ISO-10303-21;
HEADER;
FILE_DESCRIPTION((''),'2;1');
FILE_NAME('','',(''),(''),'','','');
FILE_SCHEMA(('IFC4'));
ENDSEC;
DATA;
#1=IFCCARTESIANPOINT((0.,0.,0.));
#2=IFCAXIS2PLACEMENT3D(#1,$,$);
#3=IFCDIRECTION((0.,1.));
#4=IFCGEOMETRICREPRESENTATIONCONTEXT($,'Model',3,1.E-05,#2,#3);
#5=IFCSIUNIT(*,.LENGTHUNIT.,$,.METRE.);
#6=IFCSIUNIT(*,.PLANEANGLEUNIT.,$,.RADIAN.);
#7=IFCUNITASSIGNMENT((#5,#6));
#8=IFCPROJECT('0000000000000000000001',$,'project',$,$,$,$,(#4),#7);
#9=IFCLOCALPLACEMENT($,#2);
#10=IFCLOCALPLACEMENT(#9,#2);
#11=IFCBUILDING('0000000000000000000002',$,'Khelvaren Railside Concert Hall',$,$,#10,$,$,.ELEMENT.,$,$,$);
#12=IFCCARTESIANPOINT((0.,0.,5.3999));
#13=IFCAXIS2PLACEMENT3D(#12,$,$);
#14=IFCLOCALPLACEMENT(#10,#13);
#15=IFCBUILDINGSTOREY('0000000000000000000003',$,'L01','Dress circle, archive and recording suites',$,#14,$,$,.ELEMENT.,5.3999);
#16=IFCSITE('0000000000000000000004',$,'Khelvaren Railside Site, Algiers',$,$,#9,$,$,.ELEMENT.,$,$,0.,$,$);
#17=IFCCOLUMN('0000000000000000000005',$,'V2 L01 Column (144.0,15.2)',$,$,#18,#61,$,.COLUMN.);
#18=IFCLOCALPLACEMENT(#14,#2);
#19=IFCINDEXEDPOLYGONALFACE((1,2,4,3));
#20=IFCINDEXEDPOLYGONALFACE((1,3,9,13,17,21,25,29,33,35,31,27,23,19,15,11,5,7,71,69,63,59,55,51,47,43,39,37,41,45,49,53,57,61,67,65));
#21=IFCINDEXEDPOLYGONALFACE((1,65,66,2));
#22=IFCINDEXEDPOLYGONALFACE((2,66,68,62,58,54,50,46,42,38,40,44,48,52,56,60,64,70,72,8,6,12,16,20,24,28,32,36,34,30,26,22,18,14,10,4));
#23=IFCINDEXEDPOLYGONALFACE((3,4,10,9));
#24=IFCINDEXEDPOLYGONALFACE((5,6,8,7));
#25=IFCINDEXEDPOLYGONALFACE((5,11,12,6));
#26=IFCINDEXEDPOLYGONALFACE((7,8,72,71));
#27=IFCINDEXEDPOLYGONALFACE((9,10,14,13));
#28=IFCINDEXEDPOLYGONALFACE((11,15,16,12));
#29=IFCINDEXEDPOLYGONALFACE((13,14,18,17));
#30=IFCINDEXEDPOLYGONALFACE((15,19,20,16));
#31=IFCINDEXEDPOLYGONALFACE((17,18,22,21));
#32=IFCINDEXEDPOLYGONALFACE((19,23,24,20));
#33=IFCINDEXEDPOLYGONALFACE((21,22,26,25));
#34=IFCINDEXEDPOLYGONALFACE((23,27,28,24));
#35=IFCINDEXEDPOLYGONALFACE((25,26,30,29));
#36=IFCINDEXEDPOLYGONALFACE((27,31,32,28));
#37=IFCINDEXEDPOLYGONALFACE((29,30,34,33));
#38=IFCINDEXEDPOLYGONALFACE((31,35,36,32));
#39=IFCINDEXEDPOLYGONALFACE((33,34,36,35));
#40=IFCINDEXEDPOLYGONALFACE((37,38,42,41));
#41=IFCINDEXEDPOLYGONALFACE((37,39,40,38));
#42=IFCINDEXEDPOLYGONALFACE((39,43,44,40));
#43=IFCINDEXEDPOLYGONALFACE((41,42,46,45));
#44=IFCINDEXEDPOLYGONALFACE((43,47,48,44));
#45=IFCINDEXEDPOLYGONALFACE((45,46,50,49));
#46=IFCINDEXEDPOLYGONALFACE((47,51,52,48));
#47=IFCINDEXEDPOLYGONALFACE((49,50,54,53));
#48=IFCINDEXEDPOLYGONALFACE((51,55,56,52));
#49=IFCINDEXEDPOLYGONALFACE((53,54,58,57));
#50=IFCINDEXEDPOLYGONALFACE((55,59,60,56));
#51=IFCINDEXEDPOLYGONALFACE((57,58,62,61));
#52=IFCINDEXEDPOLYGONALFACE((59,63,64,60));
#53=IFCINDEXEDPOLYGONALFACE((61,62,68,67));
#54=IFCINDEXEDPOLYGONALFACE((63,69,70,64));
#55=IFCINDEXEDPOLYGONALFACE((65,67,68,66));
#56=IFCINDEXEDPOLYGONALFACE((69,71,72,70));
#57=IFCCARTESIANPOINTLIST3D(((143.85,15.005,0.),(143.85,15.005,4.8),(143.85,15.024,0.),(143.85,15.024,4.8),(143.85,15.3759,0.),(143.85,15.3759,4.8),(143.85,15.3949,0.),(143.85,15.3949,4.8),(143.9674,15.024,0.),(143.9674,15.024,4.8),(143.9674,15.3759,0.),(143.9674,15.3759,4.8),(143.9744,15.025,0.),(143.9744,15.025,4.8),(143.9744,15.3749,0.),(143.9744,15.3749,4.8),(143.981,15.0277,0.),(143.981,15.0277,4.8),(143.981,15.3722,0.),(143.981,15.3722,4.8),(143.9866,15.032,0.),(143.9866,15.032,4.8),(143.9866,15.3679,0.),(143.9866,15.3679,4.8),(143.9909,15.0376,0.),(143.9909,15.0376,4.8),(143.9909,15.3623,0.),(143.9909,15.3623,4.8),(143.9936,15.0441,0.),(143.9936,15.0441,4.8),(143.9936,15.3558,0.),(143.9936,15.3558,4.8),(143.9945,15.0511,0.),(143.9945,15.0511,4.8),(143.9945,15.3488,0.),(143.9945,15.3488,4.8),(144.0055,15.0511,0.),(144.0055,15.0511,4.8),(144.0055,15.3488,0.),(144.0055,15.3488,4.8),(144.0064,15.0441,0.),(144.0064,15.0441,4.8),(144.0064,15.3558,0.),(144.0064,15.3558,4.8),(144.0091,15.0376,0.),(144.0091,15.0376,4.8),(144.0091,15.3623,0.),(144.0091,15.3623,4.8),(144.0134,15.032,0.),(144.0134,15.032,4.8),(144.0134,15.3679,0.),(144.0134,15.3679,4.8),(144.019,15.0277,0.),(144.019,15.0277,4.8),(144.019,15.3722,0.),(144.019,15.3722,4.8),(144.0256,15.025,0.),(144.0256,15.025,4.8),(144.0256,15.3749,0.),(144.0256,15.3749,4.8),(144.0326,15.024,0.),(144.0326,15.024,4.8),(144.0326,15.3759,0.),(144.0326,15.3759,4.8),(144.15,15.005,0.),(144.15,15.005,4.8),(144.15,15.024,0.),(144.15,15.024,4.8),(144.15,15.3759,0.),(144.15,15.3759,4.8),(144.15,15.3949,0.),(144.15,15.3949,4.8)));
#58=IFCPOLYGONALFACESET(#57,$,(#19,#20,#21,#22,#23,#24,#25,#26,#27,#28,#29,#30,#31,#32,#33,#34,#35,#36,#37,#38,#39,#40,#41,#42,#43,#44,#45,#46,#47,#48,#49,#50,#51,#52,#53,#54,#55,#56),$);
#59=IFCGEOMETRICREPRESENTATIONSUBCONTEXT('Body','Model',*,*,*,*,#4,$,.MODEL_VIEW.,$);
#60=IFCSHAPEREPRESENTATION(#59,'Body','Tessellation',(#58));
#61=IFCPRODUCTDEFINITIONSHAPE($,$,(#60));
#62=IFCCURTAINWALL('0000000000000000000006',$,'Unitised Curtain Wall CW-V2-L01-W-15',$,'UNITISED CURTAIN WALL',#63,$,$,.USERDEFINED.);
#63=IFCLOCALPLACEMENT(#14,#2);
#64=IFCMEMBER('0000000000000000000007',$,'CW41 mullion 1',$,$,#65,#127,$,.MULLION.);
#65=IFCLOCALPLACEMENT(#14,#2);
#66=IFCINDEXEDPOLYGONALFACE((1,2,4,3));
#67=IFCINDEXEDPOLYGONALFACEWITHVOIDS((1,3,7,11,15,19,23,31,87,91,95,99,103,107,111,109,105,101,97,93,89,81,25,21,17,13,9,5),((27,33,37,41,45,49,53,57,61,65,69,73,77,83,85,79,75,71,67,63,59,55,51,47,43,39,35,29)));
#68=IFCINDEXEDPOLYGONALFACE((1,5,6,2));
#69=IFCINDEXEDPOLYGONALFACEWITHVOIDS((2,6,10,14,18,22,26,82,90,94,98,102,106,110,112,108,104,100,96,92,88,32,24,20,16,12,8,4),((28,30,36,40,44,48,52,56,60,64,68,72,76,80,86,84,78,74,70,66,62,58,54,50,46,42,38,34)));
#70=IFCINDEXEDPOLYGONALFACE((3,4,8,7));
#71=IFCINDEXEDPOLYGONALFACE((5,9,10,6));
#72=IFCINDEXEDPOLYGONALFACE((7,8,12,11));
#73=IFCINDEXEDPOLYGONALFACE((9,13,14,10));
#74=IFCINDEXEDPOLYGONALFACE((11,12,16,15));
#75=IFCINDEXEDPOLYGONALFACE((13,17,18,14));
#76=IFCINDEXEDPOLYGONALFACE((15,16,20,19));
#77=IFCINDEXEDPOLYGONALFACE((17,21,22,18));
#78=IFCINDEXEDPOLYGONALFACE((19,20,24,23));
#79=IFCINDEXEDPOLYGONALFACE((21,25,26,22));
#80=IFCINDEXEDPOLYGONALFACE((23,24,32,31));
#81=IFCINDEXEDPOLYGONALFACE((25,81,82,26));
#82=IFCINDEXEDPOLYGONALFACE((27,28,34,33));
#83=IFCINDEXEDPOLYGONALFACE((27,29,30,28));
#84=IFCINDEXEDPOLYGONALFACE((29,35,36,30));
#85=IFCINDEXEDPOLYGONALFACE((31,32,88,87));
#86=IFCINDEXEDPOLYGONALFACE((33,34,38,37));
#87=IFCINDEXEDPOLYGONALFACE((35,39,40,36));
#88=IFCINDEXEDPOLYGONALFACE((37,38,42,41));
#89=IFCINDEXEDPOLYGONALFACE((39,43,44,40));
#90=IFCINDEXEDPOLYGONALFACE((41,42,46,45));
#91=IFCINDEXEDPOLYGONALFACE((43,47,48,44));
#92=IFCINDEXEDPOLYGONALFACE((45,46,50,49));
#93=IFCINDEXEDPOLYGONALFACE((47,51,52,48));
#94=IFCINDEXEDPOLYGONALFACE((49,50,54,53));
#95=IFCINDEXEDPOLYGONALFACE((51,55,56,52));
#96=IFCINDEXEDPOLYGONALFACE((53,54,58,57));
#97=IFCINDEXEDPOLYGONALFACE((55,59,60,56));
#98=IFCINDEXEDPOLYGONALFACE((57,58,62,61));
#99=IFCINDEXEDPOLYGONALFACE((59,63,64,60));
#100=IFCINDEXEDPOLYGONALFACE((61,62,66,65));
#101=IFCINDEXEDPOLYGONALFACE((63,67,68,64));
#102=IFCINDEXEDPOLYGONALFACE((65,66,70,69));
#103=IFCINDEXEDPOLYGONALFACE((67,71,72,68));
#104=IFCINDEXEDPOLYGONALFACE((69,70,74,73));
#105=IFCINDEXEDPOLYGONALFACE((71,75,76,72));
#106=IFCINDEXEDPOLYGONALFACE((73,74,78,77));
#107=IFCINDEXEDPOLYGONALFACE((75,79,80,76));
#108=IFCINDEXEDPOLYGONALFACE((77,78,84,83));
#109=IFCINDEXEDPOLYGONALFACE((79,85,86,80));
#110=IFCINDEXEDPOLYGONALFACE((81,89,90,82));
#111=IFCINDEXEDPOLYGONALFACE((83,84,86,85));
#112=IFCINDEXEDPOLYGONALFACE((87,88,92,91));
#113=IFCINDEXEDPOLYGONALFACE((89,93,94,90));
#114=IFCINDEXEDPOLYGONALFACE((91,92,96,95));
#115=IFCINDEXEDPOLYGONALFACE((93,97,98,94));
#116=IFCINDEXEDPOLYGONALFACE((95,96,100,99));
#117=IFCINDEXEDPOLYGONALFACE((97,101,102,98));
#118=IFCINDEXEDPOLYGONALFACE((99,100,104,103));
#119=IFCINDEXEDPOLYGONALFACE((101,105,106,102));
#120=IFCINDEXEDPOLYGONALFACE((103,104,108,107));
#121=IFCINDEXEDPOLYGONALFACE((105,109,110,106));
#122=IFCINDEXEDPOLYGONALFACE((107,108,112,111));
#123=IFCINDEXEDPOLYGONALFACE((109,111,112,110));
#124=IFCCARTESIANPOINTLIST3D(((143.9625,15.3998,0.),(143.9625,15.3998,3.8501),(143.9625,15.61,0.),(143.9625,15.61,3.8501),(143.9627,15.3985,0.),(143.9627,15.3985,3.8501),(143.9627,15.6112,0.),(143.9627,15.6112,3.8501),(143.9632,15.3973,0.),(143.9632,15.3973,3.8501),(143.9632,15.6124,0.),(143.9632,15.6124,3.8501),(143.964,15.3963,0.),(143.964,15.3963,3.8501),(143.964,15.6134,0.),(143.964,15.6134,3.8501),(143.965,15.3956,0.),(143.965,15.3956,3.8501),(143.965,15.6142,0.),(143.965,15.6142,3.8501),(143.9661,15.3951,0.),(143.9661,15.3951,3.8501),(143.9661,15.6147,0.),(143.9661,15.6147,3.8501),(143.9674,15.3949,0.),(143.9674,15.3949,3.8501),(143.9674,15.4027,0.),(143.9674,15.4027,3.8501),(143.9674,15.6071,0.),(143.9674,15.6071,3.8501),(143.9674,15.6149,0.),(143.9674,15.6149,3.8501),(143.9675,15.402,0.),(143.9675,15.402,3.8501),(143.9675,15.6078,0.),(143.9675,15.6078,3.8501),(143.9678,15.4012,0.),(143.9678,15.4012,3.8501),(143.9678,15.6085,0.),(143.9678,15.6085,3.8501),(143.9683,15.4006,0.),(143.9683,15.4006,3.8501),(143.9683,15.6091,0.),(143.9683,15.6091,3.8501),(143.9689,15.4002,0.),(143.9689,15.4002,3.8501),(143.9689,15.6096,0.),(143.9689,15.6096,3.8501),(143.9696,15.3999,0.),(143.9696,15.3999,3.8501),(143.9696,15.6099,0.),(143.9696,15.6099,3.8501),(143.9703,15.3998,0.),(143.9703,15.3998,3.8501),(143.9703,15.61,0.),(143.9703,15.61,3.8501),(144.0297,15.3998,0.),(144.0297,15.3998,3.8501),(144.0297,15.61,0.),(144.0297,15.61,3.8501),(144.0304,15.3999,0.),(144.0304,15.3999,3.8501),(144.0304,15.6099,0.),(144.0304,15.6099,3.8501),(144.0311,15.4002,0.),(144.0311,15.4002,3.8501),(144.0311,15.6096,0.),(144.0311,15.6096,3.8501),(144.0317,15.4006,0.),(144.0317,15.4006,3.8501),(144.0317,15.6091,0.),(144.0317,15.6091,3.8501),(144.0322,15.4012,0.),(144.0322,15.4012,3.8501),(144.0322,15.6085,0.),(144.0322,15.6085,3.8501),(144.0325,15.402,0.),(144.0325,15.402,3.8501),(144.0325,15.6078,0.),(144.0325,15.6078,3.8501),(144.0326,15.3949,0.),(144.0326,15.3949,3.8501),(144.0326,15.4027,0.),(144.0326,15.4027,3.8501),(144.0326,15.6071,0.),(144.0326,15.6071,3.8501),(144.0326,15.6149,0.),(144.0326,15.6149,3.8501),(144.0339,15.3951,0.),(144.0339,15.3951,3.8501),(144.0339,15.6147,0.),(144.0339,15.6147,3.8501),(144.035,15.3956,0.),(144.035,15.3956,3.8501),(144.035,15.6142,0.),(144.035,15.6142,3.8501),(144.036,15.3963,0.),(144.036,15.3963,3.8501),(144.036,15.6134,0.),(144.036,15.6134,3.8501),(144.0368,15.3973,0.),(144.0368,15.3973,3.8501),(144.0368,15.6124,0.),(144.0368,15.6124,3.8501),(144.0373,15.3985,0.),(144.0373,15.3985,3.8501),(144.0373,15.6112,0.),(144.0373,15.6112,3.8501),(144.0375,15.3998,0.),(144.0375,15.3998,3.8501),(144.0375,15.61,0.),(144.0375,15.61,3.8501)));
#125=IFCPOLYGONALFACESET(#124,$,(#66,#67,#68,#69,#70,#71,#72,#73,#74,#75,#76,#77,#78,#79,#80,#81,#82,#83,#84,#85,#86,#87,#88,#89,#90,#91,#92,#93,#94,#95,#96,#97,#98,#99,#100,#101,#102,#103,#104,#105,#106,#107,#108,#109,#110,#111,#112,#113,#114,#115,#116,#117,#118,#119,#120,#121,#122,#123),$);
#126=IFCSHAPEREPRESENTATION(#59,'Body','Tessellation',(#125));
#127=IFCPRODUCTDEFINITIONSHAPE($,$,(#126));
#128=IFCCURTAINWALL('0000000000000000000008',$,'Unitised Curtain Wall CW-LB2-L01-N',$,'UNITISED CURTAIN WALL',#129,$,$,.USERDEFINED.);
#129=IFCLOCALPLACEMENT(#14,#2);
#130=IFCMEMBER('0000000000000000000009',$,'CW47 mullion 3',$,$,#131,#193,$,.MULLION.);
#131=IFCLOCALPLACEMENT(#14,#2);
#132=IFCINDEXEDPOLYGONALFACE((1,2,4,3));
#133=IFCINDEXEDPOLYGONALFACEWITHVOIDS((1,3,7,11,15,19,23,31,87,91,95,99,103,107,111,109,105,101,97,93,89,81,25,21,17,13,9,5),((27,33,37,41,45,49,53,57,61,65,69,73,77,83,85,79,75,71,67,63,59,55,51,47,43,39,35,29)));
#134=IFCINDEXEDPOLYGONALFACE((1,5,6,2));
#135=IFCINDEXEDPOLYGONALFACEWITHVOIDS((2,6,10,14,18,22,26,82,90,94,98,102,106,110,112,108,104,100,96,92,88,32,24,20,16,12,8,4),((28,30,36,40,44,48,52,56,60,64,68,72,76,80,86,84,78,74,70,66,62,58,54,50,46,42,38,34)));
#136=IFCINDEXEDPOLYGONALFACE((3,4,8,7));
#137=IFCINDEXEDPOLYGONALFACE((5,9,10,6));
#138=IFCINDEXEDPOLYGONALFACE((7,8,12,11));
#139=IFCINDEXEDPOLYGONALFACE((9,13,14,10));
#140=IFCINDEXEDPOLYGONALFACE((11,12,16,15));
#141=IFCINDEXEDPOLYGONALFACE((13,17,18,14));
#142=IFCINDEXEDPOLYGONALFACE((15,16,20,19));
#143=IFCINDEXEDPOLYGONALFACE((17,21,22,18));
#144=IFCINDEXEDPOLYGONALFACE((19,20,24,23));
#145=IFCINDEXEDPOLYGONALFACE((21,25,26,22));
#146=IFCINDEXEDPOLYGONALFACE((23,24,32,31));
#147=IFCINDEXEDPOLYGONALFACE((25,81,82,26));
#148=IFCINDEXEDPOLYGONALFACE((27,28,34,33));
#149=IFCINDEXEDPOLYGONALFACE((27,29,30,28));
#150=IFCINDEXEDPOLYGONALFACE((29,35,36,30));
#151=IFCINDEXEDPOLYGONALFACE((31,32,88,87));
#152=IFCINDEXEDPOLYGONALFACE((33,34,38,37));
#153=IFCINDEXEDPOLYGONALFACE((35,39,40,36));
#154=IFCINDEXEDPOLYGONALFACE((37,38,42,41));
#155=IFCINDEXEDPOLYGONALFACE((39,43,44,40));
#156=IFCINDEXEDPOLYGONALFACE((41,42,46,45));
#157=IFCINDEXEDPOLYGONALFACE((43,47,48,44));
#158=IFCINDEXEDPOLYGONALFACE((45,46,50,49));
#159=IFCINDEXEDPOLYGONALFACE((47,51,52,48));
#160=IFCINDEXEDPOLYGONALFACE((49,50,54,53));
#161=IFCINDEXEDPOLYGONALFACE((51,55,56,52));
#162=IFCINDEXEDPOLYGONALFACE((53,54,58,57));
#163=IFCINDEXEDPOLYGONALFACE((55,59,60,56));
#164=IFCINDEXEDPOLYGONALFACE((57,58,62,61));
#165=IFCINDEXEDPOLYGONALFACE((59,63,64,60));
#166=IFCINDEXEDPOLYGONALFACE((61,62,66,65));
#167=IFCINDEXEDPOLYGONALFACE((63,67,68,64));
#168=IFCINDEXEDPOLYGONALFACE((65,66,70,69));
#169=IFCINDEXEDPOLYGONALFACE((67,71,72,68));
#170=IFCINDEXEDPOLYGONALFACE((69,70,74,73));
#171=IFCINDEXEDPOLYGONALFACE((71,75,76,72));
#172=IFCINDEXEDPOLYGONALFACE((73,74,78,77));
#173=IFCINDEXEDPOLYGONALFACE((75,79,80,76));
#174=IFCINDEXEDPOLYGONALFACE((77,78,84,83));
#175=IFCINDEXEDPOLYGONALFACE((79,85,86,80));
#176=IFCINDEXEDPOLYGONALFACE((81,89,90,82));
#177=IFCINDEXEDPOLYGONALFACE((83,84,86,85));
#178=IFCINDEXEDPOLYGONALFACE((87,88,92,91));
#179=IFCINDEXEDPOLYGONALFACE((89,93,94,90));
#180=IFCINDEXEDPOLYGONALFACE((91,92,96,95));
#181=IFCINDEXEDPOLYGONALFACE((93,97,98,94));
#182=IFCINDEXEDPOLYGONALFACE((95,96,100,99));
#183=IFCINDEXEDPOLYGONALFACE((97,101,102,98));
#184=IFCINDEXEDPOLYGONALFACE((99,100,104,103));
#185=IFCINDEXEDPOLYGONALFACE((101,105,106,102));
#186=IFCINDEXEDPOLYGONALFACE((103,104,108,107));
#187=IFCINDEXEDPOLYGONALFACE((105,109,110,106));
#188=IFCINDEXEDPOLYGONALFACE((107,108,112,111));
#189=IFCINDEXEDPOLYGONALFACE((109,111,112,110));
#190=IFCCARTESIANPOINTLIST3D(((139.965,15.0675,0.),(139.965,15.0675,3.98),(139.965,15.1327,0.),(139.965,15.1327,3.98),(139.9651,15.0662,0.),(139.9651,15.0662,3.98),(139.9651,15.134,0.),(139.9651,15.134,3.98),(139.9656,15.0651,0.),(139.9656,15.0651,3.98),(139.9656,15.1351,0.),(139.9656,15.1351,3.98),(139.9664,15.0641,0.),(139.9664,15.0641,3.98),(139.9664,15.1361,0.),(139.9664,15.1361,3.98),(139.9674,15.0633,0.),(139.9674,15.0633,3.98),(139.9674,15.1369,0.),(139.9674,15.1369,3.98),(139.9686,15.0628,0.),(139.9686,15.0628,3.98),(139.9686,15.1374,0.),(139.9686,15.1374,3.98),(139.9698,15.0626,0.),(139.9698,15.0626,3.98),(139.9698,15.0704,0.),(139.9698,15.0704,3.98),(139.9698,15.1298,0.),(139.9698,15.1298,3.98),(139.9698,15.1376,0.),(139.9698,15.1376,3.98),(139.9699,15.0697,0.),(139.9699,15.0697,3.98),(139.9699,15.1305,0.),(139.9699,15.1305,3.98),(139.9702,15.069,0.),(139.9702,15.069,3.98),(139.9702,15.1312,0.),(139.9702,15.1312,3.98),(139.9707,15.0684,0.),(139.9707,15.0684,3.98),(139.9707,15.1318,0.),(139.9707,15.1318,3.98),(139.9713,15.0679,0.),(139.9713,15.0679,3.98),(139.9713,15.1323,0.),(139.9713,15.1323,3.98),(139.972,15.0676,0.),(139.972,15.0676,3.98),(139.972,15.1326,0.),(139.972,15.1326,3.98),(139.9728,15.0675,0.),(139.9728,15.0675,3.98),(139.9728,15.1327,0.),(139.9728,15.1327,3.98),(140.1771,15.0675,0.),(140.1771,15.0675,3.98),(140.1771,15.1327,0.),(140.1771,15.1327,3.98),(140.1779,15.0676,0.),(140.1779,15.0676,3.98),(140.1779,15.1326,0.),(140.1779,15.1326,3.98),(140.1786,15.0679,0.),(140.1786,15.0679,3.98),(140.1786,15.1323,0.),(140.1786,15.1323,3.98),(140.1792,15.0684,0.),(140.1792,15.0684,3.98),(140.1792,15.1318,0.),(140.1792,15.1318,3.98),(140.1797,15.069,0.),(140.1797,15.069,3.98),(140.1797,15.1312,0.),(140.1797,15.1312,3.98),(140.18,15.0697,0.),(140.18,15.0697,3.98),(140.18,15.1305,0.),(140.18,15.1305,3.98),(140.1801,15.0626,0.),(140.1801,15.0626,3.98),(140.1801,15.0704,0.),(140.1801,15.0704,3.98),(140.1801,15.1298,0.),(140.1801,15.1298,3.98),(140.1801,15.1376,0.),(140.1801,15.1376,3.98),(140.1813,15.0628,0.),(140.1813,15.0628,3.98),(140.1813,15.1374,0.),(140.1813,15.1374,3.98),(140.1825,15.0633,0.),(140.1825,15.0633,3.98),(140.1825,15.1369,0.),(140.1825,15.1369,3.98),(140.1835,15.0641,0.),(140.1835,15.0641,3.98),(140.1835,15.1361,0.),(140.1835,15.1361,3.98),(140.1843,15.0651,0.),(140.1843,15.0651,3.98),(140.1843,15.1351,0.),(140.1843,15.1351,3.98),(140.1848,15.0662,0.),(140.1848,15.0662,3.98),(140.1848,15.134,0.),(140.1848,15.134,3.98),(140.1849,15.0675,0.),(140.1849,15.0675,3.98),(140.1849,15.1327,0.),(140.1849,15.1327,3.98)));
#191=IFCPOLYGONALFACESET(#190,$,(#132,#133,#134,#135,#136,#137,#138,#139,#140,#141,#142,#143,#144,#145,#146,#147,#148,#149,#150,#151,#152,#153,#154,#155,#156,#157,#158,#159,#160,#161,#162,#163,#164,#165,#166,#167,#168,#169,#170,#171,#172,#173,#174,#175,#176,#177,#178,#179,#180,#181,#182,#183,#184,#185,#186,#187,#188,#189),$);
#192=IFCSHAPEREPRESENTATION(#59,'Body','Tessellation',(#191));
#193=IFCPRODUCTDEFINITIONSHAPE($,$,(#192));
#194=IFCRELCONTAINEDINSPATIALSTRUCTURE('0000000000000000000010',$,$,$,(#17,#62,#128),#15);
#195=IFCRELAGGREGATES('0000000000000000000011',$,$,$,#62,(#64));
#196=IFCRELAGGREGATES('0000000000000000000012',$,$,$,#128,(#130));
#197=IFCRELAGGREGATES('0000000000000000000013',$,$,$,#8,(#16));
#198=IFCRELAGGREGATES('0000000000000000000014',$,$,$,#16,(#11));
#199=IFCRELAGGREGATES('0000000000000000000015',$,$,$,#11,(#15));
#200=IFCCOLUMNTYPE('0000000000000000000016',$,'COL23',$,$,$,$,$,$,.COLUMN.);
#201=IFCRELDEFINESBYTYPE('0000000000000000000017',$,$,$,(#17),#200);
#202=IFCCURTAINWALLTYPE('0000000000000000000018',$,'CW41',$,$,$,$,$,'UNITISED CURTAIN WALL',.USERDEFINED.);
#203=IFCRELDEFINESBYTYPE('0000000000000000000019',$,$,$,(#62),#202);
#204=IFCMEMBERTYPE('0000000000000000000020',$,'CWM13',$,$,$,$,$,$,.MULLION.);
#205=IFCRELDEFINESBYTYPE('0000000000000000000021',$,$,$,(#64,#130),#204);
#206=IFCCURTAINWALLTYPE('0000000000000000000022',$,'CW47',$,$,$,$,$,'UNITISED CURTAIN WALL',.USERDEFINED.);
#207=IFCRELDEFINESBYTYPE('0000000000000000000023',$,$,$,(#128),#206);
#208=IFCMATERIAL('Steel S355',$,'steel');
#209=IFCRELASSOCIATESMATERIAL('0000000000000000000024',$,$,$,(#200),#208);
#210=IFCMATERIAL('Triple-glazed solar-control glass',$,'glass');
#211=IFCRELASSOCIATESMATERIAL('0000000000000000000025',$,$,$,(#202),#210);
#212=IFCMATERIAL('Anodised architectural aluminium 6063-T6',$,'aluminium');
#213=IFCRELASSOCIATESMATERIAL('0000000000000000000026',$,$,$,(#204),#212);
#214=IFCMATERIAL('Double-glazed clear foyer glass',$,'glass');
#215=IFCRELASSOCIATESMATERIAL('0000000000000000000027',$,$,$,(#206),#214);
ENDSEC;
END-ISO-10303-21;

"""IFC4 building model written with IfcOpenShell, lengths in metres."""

from ifc_helpers import new_model, si_unit, direction, frame, origin, origin_2d, place, context, subcontext, project, spatial, hollow_rectangle, i_section, extrude, material, material_profile, profile_set, type_object, element, aggregate, save


model = new_model("IFC4")

# Units and contexts
model_context = context("Model", 3, precision=1e-05, world=origin(), true_north=direction((0.0, 1.0)))
body_context = subcontext(model_context, "Body", "Model", "MODEL_VIEW")
ifc_project = project(units=[si_unit("LENGTHUNIT", "METRE"), si_unit("PLANEANGLEUNIT", "RADIAN")], contexts=[model_context])

# Site, building, storey
site_placement = place(None, origin())
site = spatial("IfcSite", under=ifc_project, at=site_placement, Name="Khelvaren Railside Site, Algiers", CompositionType="ELEMENT", RefElevation=0.0)
building_placement = place(site_placement, origin())
building = spatial("IfcBuilding", under=site, at=building_placement, Name="Khelvaren Railside Concert Hall", CompositionType="ELEMENT")
storey_placement = place(building_placement, frame((0.0, 0.0, 5.3999)))
storey = spatial("IfcBuildingStorey", under=building, at=storey_placement, Name="L01", Description="Dress circle, archive and recording suites", CompositionType="ELEMENT", Elevation=5.3999)

# Column
ifc_material_1 = material(Name="Steel S355", Category="steel")
ifc_material_profile_1 = material_profile(ifc_material_1, i_section(OverallWidth=0.3, OverallDepth=0.3899, WebThickness=0.011, FlangeThickness=0.019, FilletRadius=0.0271, at=origin_2d()), Name="HEA 400")
ifc_profile_set_1 = profile_set([ifc_material_profile_1], Name="Steel S355")
column_type = type_object("IfcColumnType", Name="COL23", PredefinedType="COLUMN", material=ifc_profile_set_1)
column_placement = place(storey_placement, frame((144.0, 15.2, 0.0), z_axis=(0.0, 0.0, 1.0), x_axis=(1.0, 0.0, 0.0)))
element("IfcColumn", 1, at=column_placement, inside=storey, type_object=column_type, Name="V2 L01 Column (144.0,15.2)", PredefinedType="COLUMN", context=body_context, shape_type="SweptSolid", body=[
    extrude(i_section(OverallWidth=0.3, OverallDepth=0.3899, WebThickness=0.011, FlangeThickness=0.019, FilletRadius=0.0271, at=origin_2d()), origin(), (0.0, 0.0, 1.0), 4.8),
])

# Curtain wall, member
ifc_material_2 = material(Name="Triple-glazed solar-control glass", Category="glass")
curtain_wall_type_1 = type_object("IfcCurtainWallType", Name="CW41", ElementType="UNITISED CURTAIN WALL", PredefinedType="USERDEFINED", material=ifc_material_2)
curtain_wall_1_placement = place(storey_placement, origin())
curtain_wall_1 = element("IfcCurtainWall", 2, at=curtain_wall_1_placement, inside=storey, type_object=curtain_wall_type_1, Name="Unitised Curtain Wall CW-V2-L01-W-15", ObjectType="UNITISED CURTAIN WALL", PredefinedType="USERDEFINED")
ifc_material_3 = material(Name="Anodised architectural aluminium 6063-T6", Category="aluminium")
ifc_material_profile_2 = material_profile(ifc_material_3, hollow_rectangle(XDim=0.075, YDim=0.22, WallThickness=0.0049, InnerFilletRadius=0.0029, OuterFilletRadius=0.0049, at=origin_2d()), Name="CWM 75x220x5")
ifc_profile_set_2 = profile_set([ifc_material_profile_2], Name="Anodised architectural aluminium 6063-T6")
member_type_1 = type_object("IfcMemberType", Name="CWM13", PredefinedType="MULLION", material=ifc_profile_set_2)
member_1_placement = place(storey_placement, frame((144.0, 15.5049, 0.0), z_axis=(0.0, 0.0, 1.0), x_axis=(-1.0, 0.0, 0.0)))
member_1 = element("IfcMember", 3, at=member_1_placement, type_object=member_type_1, Name="CW41 mullion 1", PredefinedType="MULLION", context=body_context, shape_type="SweptSolid", body=[
    extrude(hollow_rectangle(XDim=0.075, YDim=0.22, WallThickness=0.0049, InnerFilletRadius=0.0029, OuterFilletRadius=0.0049, at=origin_2d()), origin(), (0.0, 0.0, 1.0), 3.8501),
])

# Curtain wall, member
ifc_material_4 = material(Name="Double-glazed clear foyer glass", Category="glass")
curtain_wall_type_2 = type_object("IfcCurtainWallType", Name="CW47", ElementType="UNITISED CURTAIN WALL", PredefinedType="USERDEFINED", material=ifc_material_4)
curtain_wall_2_placement = place(storey_placement, origin())
curtain_wall_2 = element("IfcCurtainWall", 4, at=curtain_wall_2_placement, inside=storey, type_object=curtain_wall_type_2, Name="Unitised Curtain Wall CW-LB2-L01-N", ObjectType="UNITISED CURTAIN WALL", PredefinedType="USERDEFINED")
member_2_placement = place(storey_placement, frame((140.075, 15.1001, 0.0), z_axis=(0.0, 0.0, 1.0), x_axis=(0.0, 1.0, 0.0)))
member_2 = element("IfcMember", 5, at=member_2_placement, type_object=member_type_1, Name="CW47 mullion 3", PredefinedType="MULLION", context=body_context, shape_type="SweptSolid", body=[
    extrude(hollow_rectangle(XDim=0.075, YDim=0.22, WallThickness=0.0049, InnerFilletRadius=0.0029, OuterFilletRadius=0.0049, at=origin_2d()), origin(), (0.0, 0.0, 1.0), 3.98),
])

aggregate(curtain_wall_1, [member_1])

aggregate(curtain_wall_2, [member_2])

save(model, "model.ifc")
